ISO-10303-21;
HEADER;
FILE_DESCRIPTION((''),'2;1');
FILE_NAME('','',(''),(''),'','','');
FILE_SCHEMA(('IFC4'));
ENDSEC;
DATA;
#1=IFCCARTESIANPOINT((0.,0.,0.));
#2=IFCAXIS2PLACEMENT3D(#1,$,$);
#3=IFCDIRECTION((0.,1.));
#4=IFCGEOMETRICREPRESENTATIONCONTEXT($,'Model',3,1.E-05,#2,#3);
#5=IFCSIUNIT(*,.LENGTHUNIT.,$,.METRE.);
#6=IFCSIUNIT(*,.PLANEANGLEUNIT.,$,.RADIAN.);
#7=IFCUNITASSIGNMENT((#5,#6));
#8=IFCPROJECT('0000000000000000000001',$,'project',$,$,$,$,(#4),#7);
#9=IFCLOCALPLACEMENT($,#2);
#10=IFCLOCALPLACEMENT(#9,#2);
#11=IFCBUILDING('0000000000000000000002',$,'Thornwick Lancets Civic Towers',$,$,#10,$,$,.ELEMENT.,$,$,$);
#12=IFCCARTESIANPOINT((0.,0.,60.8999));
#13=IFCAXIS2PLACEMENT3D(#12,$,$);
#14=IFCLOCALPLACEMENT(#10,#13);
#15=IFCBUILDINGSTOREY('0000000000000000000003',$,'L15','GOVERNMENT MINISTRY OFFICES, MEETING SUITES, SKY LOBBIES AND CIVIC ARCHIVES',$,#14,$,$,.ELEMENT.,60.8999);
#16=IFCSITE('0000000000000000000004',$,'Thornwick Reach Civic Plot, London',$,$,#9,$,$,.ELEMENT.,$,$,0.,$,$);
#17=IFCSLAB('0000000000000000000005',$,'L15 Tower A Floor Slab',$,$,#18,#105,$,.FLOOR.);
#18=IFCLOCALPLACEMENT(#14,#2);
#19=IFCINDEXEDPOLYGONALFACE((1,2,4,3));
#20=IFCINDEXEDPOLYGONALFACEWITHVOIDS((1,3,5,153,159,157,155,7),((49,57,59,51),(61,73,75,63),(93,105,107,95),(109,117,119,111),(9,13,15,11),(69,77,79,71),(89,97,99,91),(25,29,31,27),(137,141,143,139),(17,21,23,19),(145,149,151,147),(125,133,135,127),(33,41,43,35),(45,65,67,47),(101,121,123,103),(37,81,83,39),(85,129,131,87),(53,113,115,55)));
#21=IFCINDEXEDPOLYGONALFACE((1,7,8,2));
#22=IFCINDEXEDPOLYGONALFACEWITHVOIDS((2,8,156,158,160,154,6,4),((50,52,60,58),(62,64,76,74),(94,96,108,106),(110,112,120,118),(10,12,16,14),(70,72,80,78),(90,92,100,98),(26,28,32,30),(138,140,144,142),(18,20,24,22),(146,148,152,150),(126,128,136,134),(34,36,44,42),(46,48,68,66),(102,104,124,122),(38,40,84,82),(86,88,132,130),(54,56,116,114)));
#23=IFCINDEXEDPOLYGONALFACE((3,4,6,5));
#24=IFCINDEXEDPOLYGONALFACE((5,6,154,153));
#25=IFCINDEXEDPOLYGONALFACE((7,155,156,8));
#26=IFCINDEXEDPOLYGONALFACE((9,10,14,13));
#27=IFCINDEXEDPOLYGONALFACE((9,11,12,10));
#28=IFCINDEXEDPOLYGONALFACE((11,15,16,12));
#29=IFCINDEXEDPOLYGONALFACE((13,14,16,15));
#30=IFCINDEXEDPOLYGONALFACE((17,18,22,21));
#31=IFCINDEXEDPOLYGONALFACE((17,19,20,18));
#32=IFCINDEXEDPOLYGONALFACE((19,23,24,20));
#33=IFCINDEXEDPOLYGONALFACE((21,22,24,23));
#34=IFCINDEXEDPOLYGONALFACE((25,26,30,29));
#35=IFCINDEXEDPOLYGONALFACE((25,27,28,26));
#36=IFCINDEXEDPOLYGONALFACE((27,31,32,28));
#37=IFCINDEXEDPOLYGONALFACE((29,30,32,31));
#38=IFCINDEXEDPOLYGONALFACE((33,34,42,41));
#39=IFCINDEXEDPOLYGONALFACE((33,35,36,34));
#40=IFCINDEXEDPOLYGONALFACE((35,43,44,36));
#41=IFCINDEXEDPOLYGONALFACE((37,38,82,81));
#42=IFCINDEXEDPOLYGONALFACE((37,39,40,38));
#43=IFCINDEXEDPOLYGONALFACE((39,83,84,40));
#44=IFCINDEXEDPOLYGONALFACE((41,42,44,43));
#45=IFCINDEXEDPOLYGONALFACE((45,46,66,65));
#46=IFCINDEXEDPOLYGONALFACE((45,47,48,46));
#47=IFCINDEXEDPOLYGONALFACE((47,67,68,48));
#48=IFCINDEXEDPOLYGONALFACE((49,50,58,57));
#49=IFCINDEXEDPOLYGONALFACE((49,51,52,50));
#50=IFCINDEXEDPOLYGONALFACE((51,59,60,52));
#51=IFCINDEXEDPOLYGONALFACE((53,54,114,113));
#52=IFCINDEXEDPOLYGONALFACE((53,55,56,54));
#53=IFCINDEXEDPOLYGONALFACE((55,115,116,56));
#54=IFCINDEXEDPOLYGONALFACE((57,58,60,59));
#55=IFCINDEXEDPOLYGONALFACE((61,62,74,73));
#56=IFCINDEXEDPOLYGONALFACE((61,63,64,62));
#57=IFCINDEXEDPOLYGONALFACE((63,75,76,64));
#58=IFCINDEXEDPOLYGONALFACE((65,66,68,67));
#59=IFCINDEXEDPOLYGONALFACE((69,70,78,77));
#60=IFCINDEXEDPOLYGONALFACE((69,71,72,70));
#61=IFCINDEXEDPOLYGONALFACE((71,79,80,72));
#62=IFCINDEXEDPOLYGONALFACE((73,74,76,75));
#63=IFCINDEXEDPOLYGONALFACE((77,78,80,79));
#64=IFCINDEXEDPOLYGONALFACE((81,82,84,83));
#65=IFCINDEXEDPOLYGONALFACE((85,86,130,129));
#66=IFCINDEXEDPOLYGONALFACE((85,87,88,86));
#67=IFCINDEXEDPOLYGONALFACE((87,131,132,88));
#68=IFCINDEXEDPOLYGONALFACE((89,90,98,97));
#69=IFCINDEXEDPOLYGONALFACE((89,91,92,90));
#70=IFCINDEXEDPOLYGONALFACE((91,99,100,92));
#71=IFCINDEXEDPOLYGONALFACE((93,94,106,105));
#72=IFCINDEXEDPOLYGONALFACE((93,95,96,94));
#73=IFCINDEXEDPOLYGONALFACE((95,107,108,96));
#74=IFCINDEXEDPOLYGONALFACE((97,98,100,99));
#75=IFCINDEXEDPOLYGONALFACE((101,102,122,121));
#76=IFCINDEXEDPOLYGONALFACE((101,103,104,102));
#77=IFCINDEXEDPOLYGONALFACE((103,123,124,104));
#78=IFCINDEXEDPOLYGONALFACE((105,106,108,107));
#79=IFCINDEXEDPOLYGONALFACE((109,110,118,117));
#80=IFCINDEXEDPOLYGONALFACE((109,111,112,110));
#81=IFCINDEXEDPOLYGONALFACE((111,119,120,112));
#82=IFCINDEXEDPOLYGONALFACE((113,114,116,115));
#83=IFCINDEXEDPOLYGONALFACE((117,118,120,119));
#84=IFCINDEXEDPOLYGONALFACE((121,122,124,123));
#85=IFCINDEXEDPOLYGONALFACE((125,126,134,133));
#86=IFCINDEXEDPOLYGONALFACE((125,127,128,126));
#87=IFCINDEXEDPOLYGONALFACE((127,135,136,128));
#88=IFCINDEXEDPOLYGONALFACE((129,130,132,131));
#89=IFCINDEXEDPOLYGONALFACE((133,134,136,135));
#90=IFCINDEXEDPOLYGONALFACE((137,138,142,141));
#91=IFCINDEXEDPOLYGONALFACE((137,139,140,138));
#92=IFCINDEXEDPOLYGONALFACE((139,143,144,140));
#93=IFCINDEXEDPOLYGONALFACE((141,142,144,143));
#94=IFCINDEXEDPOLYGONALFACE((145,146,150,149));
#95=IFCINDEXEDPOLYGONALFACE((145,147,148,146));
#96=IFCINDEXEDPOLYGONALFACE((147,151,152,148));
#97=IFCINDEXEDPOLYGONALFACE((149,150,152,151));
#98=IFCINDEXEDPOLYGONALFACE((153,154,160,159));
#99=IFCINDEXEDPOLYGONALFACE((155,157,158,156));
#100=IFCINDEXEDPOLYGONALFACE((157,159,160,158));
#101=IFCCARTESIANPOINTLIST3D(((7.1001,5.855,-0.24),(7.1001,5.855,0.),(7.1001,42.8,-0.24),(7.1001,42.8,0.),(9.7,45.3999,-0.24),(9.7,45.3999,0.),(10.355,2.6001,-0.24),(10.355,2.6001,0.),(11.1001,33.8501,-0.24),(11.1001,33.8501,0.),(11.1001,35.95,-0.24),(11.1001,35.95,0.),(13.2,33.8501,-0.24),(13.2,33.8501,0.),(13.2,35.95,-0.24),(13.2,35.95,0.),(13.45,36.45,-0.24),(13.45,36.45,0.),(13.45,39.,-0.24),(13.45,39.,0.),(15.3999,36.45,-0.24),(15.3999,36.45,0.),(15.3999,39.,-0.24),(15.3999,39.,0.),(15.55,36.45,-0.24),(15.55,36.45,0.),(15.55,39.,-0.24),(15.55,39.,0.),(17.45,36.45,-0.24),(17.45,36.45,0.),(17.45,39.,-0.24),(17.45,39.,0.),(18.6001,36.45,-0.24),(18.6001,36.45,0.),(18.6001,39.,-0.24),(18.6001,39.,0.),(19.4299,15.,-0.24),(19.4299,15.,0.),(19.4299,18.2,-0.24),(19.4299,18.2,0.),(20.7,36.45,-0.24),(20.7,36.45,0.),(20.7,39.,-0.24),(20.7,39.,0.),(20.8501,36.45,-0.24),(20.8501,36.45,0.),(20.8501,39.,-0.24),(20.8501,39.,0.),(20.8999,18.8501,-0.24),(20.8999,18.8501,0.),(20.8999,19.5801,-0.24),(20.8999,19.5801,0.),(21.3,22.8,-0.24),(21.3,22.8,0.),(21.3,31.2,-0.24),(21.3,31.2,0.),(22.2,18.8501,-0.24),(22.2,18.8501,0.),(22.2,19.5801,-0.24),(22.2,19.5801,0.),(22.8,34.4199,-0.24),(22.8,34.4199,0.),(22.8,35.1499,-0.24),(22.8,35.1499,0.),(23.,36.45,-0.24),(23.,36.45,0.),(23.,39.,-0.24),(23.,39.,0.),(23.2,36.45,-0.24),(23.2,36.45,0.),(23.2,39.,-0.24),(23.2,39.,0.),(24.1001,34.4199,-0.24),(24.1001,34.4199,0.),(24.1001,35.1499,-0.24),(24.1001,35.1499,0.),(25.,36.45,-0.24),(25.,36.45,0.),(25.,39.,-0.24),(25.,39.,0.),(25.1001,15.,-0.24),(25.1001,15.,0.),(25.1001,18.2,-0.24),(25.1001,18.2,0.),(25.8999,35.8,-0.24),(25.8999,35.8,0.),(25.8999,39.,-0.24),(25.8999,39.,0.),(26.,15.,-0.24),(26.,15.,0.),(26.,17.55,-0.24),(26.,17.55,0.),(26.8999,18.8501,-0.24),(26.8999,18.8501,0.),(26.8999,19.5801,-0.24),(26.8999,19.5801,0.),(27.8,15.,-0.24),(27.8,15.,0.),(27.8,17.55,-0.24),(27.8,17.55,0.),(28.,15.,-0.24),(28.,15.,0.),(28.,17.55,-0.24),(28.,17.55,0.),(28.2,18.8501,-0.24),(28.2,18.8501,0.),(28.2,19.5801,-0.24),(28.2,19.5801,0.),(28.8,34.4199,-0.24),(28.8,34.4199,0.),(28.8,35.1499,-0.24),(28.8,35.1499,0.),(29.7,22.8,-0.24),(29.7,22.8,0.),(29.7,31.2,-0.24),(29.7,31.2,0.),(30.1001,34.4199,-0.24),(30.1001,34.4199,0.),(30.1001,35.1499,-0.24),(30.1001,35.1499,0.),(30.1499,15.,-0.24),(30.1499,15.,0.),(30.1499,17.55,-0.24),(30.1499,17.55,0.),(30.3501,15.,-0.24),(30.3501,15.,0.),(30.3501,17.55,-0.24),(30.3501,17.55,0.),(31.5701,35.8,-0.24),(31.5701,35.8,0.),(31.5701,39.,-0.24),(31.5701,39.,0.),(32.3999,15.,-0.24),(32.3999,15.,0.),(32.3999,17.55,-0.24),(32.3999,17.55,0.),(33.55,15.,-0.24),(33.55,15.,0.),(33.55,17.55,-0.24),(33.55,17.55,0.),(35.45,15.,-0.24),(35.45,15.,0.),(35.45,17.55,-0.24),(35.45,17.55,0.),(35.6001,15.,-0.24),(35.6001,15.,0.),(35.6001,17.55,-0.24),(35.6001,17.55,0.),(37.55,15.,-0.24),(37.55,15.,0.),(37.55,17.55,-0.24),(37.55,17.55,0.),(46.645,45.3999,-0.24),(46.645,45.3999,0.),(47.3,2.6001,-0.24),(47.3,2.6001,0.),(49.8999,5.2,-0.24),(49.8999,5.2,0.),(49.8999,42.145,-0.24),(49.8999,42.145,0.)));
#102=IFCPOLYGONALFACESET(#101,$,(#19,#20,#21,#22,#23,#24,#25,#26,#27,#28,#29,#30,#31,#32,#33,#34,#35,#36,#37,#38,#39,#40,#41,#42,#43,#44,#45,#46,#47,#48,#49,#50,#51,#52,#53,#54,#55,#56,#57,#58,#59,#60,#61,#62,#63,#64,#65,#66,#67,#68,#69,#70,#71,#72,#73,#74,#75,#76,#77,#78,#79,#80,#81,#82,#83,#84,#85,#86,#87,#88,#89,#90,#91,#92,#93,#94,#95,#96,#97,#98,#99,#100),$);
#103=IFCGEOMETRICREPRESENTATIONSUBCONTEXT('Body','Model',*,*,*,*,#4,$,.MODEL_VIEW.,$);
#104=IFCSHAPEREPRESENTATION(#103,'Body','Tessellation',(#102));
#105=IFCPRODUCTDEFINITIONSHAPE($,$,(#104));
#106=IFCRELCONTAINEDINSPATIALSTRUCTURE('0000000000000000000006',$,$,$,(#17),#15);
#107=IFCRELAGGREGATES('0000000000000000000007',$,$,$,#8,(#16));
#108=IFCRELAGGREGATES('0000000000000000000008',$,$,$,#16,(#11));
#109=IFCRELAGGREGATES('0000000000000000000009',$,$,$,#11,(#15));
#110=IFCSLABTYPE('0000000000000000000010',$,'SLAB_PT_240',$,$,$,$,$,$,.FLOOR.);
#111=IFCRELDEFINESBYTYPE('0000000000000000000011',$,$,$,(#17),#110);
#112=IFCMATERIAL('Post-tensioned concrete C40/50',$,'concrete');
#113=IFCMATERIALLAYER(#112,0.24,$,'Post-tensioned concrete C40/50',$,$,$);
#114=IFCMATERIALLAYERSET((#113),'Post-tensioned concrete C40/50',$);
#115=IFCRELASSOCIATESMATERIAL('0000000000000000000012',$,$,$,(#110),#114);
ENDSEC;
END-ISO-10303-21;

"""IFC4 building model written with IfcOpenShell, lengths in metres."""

from ifc_helpers import new_model, si_unit, direction, frame, origin, place, context, subcontext, project, spatial, polyline, outline, extrude, material, layer, layer_set, type_object, element, save


model = new_model("IFC4")

# Units and contexts
model_context = context("Model", 3, precision=1e-05, world=origin(), true_north=direction((0.0, 1.0)))
body_context = subcontext(model_context, "Body", "Model", "MODEL_VIEW")
ifc_project = project(units=[si_unit("LENGTHUNIT", "METRE"), si_unit("PLANEANGLEUNIT", "RADIAN")], contexts=[model_context])

# Site, building, storey
site_placement = place(None, origin())
site = spatial("IfcSite", under=ifc_project, at=site_placement, Name="Thornwick Reach Civic Plot, London", CompositionType="ELEMENT", RefElevation=0.0)
building_placement = place(site_placement, origin())
building = spatial("IfcBuilding", under=site, at=building_placement, Name="Thornwick Lancets Civic Towers", CompositionType="ELEMENT")
storey_placement = place(building_placement, frame((0.0, 0.0, 60.8999)))
storey = spatial("IfcBuildingStorey", under=building, at=storey_placement, Name="L15", Description="GOVERNMENT MINISTRY OFFICES, MEETING SUITES, SKY LOBBIES AND CIVIC ARCHIVES", CompositionType="ELEMENT", Elevation=60.8999)

# Shared definitions
ifc_material_1 = material(Name="Post-tensioned concrete C40/50", Category="concrete")

# Slab
ifc_layer_1 = layer(ifc_material_1, 0.24, Name="Post-tensioned concrete C40/50")
ifc_layer_set_1 = layer_set([ifc_layer_1], Name="Post-tensioned concrete C40/50")
slab_type_1 = type_object("IfcSlabType", Name="SLAB_PT_240", PredefinedType="FLOOR", material=ifc_layer_set_1)
slab_1_placement = place(storey_placement, frame((0.0, 0.0, -0.24)))
element("IfcSlab", 1, at=slab_1_placement, inside=storey, type_object=slab_type_1, Name="L15 Tower A Floor Slab", PredefinedType="FLOOR", context=body_context, shape_type="SweptSolid", body=[
    extrude(outline(polyline([(10.355, 2.6001), (47.3, 2.6001), (49.8999, 5.2), (49.8999, 42.145), (46.645, 45.3999), (9.7, 45.3999), (7.1001, 42.8), (7.1001, 5.855), (10.355, 2.6001)]), holes=[polyline([(21.3, 22.8), (29.7, 22.8), (29.7, 31.2), (21.3, 31.2), (21.3, 22.8)]), polyline([(19.4299, 15.0), (25.1001, 15.0), (25.1001, 18.2), (19.4299, 18.2), (19.4299, 15.0)]), polyline([(31.5701, 39.0), (25.8999, 39.0), (25.8999, 35.8), (31.5701, 35.8), (31.5701, 39.0)]), polyline([(26.0, 15.0), (27.8, 15.0), (27.8, 17.55), (26.0, 17.55), (26.0, 15.0)]), polyline([(28.0, 15.0), (30.1499, 15.0), (30.1499, 17.55), (28.0, 17.55), (28.0, 15.0)]), polyline([(30.3501, 15.0), (32.3999, 15.0), (32.3999, 17.55), (30.3501, 17.55), (30.3501, 15.0)]), polyline([(33.55, 15.0), (35.45, 15.0), (35.45, 17.55), (33.55, 17.55), (33.55, 15.0)]), polyline([(35.6001, 15.0), (37.55, 15.0), (37.55, 17.55), (35.6001, 17.55), (35.6001, 15.0)]), polyline([(23.2, 36.45), (25.0, 36.45), (25.0, 39.0), (23.2, 39.0), (23.2, 36.45)]), polyline([(20.8501, 36.45), (23.0, 36.45), (23.0, 39.0), (20.8501, 39.0), (20.8501, 36.45)]), polyline([(18.6001, 36.45), (20.7, 36.45), (20.7, 39.0), (18.6001, 39.0), (18.6001, 36.45)]), polyline([(15.55, 36.45), (17.45, 36.45), (17.45, 39.0), (15.55, 39.0), (15.55, 36.45)]), polyline([(13.45, 36.45), (15.3999, 36.45), (15.3999, 39.0), (13.45, 39.0), (13.45, 36.45)]), polyline([(11.1001, 33.8501), (13.2, 33.8501), (13.2, 35.95), (11.1001, 35.95), (11.1001, 33.8501)]), polyline([(26.8999, 18.8501), (28.2, 18.8501), (28.2, 19.5801), (26.8999, 19.5801), (26.8999, 18.8501)]), polyline([(20.8999, 18.8501), (22.2, 18.8501), (22.2, 19.5801), (20.8999, 19.5801), (20.8999, 18.8501)]), polyline([(22.8, 34.4199), (24.1001, 34.4199), (24.1001, 35.1499), (22.8, 35.1499), (22.8, 34.4199)]), polyline([(28.8, 34.4199), (30.1001, 34.4199), (30.1001, 35.1499), (28.8, 35.1499), (28.8, 34.4199)])]), origin(), (0.0, 0.0, 1.0), 0.24),
])

save(model, "model.ifc")
